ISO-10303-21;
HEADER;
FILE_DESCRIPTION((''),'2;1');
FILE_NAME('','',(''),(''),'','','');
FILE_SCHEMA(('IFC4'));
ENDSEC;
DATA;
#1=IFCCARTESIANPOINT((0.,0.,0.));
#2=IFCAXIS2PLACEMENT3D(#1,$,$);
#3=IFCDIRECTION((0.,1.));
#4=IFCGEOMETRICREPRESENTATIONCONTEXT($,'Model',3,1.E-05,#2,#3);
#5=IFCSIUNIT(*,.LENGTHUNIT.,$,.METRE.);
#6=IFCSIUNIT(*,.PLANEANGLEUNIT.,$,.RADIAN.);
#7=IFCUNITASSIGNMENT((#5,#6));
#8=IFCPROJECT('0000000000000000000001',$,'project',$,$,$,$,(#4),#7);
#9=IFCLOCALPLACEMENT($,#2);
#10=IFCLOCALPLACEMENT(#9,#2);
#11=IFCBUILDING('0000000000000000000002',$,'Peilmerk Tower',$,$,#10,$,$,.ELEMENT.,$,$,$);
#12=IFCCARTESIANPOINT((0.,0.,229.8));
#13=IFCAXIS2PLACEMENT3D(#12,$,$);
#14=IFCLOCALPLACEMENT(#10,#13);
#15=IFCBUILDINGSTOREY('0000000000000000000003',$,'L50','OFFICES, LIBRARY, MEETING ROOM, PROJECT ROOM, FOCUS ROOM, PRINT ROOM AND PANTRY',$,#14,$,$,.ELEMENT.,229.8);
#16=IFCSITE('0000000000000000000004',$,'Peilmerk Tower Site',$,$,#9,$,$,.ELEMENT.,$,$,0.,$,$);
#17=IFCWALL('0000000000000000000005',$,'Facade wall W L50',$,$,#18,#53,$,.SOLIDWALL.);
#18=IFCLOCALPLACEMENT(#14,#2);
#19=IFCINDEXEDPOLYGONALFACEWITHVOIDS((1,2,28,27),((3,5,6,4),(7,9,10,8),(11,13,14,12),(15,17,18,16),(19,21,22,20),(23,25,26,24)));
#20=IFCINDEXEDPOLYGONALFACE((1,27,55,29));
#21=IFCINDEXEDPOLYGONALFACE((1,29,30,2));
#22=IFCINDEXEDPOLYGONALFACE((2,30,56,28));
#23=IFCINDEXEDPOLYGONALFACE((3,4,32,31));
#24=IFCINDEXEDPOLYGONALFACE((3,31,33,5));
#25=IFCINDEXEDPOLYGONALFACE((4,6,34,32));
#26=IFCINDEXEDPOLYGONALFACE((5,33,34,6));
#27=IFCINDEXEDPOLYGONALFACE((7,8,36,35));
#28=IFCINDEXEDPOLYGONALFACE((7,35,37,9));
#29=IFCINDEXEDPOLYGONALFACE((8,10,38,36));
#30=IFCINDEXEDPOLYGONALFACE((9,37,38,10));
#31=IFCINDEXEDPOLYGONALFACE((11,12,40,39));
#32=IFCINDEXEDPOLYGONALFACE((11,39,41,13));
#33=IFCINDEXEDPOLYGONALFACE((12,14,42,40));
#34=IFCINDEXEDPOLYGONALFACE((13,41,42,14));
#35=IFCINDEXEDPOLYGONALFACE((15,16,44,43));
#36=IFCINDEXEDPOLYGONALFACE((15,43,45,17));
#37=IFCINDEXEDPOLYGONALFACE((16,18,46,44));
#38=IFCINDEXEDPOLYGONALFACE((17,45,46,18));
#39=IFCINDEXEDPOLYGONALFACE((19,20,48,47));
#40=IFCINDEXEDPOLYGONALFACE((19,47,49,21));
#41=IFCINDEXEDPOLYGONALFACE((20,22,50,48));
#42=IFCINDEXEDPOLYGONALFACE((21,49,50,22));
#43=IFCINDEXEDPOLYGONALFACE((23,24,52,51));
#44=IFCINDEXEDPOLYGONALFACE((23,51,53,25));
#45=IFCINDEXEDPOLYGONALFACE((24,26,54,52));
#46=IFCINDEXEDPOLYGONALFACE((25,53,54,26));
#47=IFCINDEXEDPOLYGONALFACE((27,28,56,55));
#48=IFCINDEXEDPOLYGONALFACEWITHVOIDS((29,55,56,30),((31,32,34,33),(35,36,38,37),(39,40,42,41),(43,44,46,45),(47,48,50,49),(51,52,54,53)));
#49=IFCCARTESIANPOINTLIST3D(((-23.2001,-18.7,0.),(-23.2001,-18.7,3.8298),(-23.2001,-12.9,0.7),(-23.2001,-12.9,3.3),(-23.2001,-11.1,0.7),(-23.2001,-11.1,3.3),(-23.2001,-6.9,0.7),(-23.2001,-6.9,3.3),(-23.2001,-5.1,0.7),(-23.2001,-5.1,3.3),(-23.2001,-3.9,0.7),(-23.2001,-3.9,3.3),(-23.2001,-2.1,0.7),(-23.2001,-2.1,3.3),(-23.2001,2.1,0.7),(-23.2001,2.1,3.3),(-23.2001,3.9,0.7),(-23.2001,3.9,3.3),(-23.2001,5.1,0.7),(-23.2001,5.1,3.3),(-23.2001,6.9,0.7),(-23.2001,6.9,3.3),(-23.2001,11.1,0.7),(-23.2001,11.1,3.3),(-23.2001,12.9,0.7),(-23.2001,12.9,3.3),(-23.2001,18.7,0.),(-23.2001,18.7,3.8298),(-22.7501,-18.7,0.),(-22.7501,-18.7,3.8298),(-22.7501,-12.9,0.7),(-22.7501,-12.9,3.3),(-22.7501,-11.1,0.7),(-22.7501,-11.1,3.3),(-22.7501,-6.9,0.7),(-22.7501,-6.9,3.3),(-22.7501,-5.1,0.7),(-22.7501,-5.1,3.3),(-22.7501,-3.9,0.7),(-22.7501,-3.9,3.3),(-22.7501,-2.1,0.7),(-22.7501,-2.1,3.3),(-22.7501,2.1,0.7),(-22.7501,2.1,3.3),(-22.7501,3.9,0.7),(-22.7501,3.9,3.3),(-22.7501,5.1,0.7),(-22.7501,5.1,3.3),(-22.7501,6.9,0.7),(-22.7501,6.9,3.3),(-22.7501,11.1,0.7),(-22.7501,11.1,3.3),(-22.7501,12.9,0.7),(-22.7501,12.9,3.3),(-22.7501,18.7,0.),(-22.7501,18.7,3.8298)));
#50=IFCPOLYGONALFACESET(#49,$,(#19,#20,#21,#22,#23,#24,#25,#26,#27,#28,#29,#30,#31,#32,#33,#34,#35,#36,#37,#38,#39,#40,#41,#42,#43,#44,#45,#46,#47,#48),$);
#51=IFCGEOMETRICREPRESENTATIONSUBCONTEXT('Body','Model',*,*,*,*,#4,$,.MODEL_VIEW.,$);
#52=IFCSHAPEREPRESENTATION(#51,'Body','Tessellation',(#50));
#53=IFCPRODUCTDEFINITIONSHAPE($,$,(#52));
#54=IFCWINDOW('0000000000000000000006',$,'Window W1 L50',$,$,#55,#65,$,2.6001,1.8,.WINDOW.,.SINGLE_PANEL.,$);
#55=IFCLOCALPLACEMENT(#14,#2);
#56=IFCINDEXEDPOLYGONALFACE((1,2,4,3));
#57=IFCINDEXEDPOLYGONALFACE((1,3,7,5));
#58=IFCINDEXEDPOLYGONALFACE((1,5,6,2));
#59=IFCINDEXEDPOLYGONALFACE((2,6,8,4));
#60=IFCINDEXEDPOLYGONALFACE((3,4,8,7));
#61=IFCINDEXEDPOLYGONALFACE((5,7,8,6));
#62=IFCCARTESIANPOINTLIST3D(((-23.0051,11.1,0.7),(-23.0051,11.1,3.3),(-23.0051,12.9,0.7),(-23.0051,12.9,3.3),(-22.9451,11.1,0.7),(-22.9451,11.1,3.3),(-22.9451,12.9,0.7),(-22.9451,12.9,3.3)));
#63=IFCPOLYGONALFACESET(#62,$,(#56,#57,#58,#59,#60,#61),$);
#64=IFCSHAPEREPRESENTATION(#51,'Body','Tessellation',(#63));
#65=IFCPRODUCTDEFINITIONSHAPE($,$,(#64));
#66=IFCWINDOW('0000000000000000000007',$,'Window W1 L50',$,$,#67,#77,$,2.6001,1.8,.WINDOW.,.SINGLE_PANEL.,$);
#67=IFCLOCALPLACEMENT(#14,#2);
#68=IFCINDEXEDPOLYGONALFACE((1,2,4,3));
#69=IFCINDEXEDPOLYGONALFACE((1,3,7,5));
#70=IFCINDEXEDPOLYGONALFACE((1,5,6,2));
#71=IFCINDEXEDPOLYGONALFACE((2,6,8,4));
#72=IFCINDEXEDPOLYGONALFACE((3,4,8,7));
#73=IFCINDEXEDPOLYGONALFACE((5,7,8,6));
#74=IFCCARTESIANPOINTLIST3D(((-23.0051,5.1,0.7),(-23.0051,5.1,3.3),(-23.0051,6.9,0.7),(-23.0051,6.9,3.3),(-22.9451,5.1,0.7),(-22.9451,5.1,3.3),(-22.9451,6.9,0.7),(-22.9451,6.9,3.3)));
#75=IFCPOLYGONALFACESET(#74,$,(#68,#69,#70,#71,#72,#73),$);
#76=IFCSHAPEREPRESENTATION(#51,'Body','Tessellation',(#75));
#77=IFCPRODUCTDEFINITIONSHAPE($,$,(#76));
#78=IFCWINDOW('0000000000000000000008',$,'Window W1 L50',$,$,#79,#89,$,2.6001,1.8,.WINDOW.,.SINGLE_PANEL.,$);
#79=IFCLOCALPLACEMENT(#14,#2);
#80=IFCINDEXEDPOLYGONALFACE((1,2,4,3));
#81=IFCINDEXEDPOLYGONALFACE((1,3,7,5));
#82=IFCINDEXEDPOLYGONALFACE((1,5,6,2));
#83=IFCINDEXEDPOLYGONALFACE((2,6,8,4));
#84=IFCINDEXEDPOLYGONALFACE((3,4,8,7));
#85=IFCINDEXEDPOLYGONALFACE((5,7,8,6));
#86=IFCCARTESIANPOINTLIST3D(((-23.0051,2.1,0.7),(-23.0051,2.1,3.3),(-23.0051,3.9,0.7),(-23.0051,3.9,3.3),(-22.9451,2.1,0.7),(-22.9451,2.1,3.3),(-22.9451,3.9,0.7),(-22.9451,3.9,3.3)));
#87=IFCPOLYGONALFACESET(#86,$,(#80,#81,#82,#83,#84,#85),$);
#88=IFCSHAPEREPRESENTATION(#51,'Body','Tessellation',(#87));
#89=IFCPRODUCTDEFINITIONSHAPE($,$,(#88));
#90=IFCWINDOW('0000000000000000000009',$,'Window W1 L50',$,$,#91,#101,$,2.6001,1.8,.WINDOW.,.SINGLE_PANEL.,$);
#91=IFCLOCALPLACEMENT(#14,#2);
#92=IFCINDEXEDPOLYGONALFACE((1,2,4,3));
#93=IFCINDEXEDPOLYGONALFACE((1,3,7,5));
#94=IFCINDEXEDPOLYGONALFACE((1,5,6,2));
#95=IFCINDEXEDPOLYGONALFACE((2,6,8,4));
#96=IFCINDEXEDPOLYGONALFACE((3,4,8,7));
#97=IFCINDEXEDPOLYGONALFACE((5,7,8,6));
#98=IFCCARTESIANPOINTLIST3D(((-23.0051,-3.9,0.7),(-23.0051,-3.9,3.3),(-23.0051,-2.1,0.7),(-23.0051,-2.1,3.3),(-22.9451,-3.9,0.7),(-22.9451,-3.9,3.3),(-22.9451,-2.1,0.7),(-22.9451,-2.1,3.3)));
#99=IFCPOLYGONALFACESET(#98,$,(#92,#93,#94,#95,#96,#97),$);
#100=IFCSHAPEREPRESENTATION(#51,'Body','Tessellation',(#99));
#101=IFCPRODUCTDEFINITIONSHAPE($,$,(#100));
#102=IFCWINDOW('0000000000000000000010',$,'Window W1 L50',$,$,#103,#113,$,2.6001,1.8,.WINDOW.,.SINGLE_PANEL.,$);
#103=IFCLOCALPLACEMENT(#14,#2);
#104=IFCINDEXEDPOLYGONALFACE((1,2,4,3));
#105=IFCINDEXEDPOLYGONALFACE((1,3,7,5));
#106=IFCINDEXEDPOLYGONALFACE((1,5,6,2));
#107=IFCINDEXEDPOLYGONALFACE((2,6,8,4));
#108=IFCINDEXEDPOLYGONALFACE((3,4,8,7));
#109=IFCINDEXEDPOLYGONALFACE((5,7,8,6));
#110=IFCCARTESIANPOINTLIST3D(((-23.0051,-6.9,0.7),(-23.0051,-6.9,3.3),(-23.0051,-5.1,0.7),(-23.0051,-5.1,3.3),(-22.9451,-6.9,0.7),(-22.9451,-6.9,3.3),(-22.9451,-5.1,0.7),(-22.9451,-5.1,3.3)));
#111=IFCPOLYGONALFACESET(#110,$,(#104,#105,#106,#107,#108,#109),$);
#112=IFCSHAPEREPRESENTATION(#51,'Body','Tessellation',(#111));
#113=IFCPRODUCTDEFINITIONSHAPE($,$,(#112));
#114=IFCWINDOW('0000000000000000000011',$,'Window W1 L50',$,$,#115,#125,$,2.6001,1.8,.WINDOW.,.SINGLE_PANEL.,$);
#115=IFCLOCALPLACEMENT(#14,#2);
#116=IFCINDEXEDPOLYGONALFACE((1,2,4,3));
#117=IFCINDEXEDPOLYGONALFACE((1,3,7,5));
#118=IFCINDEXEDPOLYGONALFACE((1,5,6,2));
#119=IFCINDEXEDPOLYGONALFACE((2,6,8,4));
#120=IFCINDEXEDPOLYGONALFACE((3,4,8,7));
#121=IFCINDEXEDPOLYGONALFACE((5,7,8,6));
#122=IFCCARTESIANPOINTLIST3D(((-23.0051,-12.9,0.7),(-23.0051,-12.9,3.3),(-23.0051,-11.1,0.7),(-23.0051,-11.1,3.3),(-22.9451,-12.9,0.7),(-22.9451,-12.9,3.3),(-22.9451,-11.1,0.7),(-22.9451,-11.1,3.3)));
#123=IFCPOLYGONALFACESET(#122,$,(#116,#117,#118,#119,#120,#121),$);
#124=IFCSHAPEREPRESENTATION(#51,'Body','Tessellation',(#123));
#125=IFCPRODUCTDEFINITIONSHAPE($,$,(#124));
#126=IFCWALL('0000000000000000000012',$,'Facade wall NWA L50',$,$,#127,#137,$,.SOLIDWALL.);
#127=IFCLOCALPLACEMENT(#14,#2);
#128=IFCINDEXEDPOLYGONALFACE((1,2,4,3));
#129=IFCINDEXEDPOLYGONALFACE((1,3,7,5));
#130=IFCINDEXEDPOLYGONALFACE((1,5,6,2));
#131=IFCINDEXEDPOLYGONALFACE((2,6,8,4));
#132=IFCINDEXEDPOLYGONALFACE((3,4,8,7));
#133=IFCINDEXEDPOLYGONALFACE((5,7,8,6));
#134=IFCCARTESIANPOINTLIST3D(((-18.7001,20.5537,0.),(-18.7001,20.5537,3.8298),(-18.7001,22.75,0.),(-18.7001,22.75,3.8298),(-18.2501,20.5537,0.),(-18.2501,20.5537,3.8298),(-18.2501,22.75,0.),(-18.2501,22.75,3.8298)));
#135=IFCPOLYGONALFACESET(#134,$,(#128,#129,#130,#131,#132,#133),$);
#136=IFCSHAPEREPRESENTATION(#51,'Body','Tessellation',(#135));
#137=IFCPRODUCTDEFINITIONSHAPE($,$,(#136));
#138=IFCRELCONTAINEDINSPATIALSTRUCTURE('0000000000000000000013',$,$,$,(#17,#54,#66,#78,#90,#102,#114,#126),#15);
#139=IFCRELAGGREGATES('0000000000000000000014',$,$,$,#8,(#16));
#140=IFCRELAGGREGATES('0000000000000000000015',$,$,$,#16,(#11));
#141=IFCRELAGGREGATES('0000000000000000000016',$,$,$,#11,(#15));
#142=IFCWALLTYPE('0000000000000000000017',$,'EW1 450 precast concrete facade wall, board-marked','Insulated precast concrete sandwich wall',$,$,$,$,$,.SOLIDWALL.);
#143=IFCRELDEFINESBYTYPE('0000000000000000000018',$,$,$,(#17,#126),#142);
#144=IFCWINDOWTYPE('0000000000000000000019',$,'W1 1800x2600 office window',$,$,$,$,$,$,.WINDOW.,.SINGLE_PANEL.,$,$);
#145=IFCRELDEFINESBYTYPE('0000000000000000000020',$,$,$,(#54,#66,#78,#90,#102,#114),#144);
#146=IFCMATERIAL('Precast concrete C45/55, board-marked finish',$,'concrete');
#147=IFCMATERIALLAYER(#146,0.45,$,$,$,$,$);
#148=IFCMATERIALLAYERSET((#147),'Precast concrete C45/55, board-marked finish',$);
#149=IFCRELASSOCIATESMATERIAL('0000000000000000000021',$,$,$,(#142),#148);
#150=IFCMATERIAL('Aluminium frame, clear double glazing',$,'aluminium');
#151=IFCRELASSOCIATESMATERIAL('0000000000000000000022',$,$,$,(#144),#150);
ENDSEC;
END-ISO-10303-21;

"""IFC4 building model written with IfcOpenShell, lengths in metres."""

from ifc_helpers import new_model, si_unit, direction, frame, frame_2d, origin, place, context, subcontext, project, spatial, rectangle, extrude, material, layer, layer_set, type_object, element, fill, save


model = new_model("IFC4")

# Units and contexts
model_context = context("Model", 3, precision=1e-05, world=origin(), true_north=direction((0.0, 1.0)))
body_context = subcontext(model_context, "Body", "Model", "MODEL_VIEW")
ifc_project = project(units=[si_unit("LENGTHUNIT", "METRE"), si_unit("PLANEANGLEUNIT", "RADIAN")], contexts=[model_context])

# Site, building, storey
site_placement = place(None, origin())
site = spatial("IfcSite", under=ifc_project, at=site_placement, Name="Peilmerk Tower Site", CompositionType="ELEMENT", RefElevation=0.0)
building_placement = place(site_placement, origin())
building = spatial("IfcBuilding", under=site, at=building_placement, Name="Peilmerk Tower", CompositionType="ELEMENT")
storey_placement = place(building_placement, frame((0.0, 0.0, 229.8)))
storey = spatial("IfcBuildingStorey", under=building, at=storey_placement, Name="L50", Description="OFFICES, LIBRARY, MEETING ROOM, PROJECT ROOM, FOCUS ROOM, PRINT ROOM AND PANTRY", CompositionType="ELEMENT", Elevation=229.8)

# Wall, openings, windows
ifc_material_1 = material(Name="Precast concrete C45/55, board-marked finish", Category="concrete")
ifc_layer_1 = layer(ifc_material_1, 0.45)
ifc_layer_set_1 = layer_set([ifc_layer_1], Name="Precast concrete C45/55, board-marked finish")
wall_type = type_object("IfcWallType", Name="EW1 450 precast concrete facade wall, board-marked", Description="Insulated precast concrete sandwich wall", PredefinedType="SOLIDWALL", material=ifc_layer_set_1)
wall_1_placement = place(storey_placement, frame((-22.9751, 18.7, 0.0), z_axis=(0.0, 0.0, 1.0), x_axis=(0.0, -1.0, 0.0)))
wall_1 = element("IfcWall", 1, at=wall_1_placement, inside=storey, type_object=wall_type, Name="Facade wall W L50", PredefinedType="SOLIDWALL", context=body_context, shape_type="SweptSolid", body=[
    extrude(rectangle(XDim=37.3999, YDim=0.45, at=frame_2d((18.7, 0.0))), origin(), (0.0, 0.0, 1.0), 3.8298),
])
opening_1_placement = place(wall_1_placement, frame((5.8, 0.0, 0.7)))
opening_1 = element("IfcOpeningElement", 2, at=opening_1_placement, cuts=wall_1, PredefinedType="OPENING", context=body_context, shape_type="SweptSolid", body=[
    extrude(rectangle(XDim=1.8, YDim=2.6001, at=frame_2d((0.8999, 1.3))), frame((0.0, 0.2349, 0.0), z_axis=(0.0, -1.0, 0.0), x_axis=(1.0, 0.0, 0.0)), (0.0, 0.0, 1.0), 0.47),
])
opening_2_placement = place(wall_1_placement, frame((11.8, 0.0, 0.7)))
opening_2 = element("IfcOpeningElement", 3, at=opening_2_placement, cuts=wall_1, PredefinedType="OPENING", context=body_context, shape_type="SweptSolid", body=[
    extrude(rectangle(XDim=1.8, YDim=2.6001, at=frame_2d((0.8999, 1.3))), frame((0.0, 0.2349, 0.0), z_axis=(0.0, -1.0, 0.0), x_axis=(1.0, 0.0, 0.0)), (0.0, 0.0, 1.0), 0.47),
])
opening_3_placement = place(wall_1_placement, frame((14.8, 0.0, 0.7)))
opening_3 = element("IfcOpeningElement", 4, at=opening_3_placement, cuts=wall_1, PredefinedType="OPENING", context=body_context, shape_type="SweptSolid", body=[
    extrude(rectangle(XDim=1.8, YDim=2.6001, at=frame_2d((0.8999, 1.3))), frame((0.0, 0.2349, 0.0), z_axis=(0.0, -1.0, 0.0), x_axis=(1.0, 0.0, 0.0)), (0.0, 0.0, 1.0), 0.47),
])
opening_4_placement = place(wall_1_placement, frame((20.8, 0.0, 0.7)))
opening_4 = element("IfcOpeningElement", 5, at=opening_4_placement, cuts=wall_1, PredefinedType="OPENING", context=body_context, shape_type="SweptSolid", body=[
    extrude(rectangle(XDim=1.8, YDim=2.6001, at=frame_2d((0.8999, 1.3))), frame((0.0, 0.2349, 0.0), z_axis=(0.0, -1.0, 0.0), x_axis=(1.0, 0.0, 0.0)), (0.0, 0.0, 1.0), 0.47),
])
opening_5_placement = place(wall_1_placement, frame((23.8, 0.0, 0.7)))
opening_5 = element("IfcOpeningElement", 6, at=opening_5_placement, cuts=wall_1, PredefinedType="OPENING", context=body_context, shape_type="SweptSolid", body=[
    extrude(rectangle(XDim=1.8, YDim=2.6001, at=frame_2d((0.8999, 1.3))), frame((0.0, 0.2349, 0.0), z_axis=(0.0, -1.0, 0.0), x_axis=(1.0, 0.0, 0.0)), (0.0, 0.0, 1.0), 0.47),
])
opening_6_placement = place(wall_1_placement, frame((29.8, 0.0, 0.7)))
opening_6 = element("IfcOpeningElement", 7, at=opening_6_placement, cuts=wall_1, PredefinedType="OPENING", context=body_context, shape_type="SweptSolid", body=[
    extrude(rectangle(XDim=1.8, YDim=2.6001, at=frame_2d((0.8999, 1.3))), frame((0.0, 0.2349, 0.0), z_axis=(0.0, -1.0, 0.0), x_axis=(1.0, 0.0, 0.0)), (0.0, 0.0, 1.0), 0.47),
])
ifc_material_2 = material(Name="Aluminium frame, clear double glazing", Category="aluminium")
window_type = type_object("IfcWindowType", Name="W1 1800x2600 office window", PartitioningType="SINGLE_PANEL", PredefinedType="WINDOW", material=ifc_material_2)
window_1_placement = place(opening_1_placement, origin())
window_1 = element("IfcWindow", 8, at=window_1_placement, inside=storey, type_object=window_type, Name="Window W1 L50", OverallHeight=2.6001, OverallWidth=1.8, PartitioningType="SINGLE_PANEL", PredefinedType="WINDOW", context=body_context, shape_type="SweptSolid", body=[
    extrude(rectangle(XDim=1.8, YDim=2.6001, at=frame_2d((0.8999, 1.3))), frame((0.0, 0.03, 0.0), z_axis=(0.0, -1.0, 0.0), x_axis=(1.0, 0.0, 0.0)), (0.0, 0.0, 1.0), 0.0601),
])
fill(opening_1, window_1)
window_2_placement = place(opening_2_placement, origin())
window_2 = element("IfcWindow", 9, at=window_2_placement, inside=storey, type_object=window_type, Name="Window W1 L50", OverallHeight=2.6001, OverallWidth=1.8, PartitioningType="SINGLE_PANEL", PredefinedType="WINDOW", context=body_context, shape_type="SweptSolid", body=[
    extrude(rectangle(XDim=1.8, YDim=2.6001, at=frame_2d((0.8999, 1.3))), frame((0.0, 0.03, 0.0), z_axis=(0.0, -1.0, 0.0), x_axis=(1.0, 0.0, 0.0)), (0.0, 0.0, 1.0), 0.0601),
])
fill(opening_2, window_2)
window_3_placement = place(opening_3_placement, origin())
window_3 = element("IfcWindow", 10, at=window_3_placement, inside=storey, type_object=window_type, Name="Window W1 L50", OverallHeight=2.6001, OverallWidth=1.8, PartitioningType="SINGLE_PANEL", PredefinedType="WINDOW", context=body_context, shape_type="SweptSolid", body=[
    extrude(rectangle(XDim=1.8, YDim=2.6001, at=frame_2d((0.8999, 1.3))), frame((0.0, 0.03, 0.0), z_axis=(0.0, -1.0, 0.0), x_axis=(1.0, 0.0, 0.0)), (0.0, 0.0, 1.0), 0.0601),
])
fill(opening_3, window_3)
window_4_placement = place(opening_4_placement, origin())
window_4 = element("IfcWindow", 11, at=window_4_placement, inside=storey, type_object=window_type, Name="Window W1 L50", OverallHeight=2.6001, OverallWidth=1.8, PartitioningType="SINGLE_PANEL", PredefinedType="WINDOW", context=body_context, shape_type="SweptSolid", body=[
    extrude(rectangle(XDim=1.8, YDim=2.6001, at=frame_2d((0.8999, 1.3))), frame((0.0, 0.03, 0.0), z_axis=(0.0, -1.0, 0.0), x_axis=(1.0, 0.0, 0.0)), (0.0, 0.0, 1.0), 0.0601),
])
fill(opening_4, window_4)
window_5_placement = place(opening_5_placement, origin())
window_5 = element("IfcWindow", 12, at=window_5_placement, inside=storey, type_object=window_type, Name="Window W1 L50", OverallHeight=2.6001, OverallWidth=1.8, PartitioningType="SINGLE_PANEL", PredefinedType="WINDOW", context=body_context, shape_type="SweptSolid", body=[
    extrude(rectangle(XDim=1.8, YDim=2.6001, at=frame_2d((0.8999, 1.3))), frame((0.0, 0.03, 0.0), z_axis=(0.0, -1.0, 0.0), x_axis=(1.0, 0.0, 0.0)), (0.0, 0.0, 1.0), 0.0601),
])
fill(opening_5, window_5)
window_6_placement = place(opening_6_placement, origin())
window_6 = element("IfcWindow", 13, at=window_6_placement, inside=storey, type_object=window_type, Name="Window W1 L50", OverallHeight=2.6001, OverallWidth=1.8, PartitioningType="SINGLE_PANEL", PredefinedType="WINDOW", context=body_context, shape_type="SweptSolid", body=[
    extrude(rectangle(XDim=1.8, YDim=2.6001, at=frame_2d((0.8999, 1.3))), frame((0.0, 0.03, 0.0), z_axis=(0.0, -1.0, 0.0), x_axis=(1.0, 0.0, 0.0)), (0.0, 0.0, 1.0), 0.0601),
])
fill(opening_6, window_6)

# Wall
wall_2_placement = place(storey_placement, frame((-18.4751, 20.5537, 0.0), z_axis=(0.0, 0.0, 1.0), x_axis=(0.0, 1.0, 0.0)))
element("IfcWall", 14, at=wall_2_placement, inside=storey, type_object=wall_type, Name="Facade wall NWA L50", PredefinedType="SOLIDWALL", context=body_context, shape_type="SweptSolid", body=[
    extrude(rectangle(XDim=2.1963, YDim=0.45, at=frame_2d((1.0981, 0.0))), origin(), (0.0, 0.0, 1.0), 3.8298),
])

save(model, "model.ifc")
